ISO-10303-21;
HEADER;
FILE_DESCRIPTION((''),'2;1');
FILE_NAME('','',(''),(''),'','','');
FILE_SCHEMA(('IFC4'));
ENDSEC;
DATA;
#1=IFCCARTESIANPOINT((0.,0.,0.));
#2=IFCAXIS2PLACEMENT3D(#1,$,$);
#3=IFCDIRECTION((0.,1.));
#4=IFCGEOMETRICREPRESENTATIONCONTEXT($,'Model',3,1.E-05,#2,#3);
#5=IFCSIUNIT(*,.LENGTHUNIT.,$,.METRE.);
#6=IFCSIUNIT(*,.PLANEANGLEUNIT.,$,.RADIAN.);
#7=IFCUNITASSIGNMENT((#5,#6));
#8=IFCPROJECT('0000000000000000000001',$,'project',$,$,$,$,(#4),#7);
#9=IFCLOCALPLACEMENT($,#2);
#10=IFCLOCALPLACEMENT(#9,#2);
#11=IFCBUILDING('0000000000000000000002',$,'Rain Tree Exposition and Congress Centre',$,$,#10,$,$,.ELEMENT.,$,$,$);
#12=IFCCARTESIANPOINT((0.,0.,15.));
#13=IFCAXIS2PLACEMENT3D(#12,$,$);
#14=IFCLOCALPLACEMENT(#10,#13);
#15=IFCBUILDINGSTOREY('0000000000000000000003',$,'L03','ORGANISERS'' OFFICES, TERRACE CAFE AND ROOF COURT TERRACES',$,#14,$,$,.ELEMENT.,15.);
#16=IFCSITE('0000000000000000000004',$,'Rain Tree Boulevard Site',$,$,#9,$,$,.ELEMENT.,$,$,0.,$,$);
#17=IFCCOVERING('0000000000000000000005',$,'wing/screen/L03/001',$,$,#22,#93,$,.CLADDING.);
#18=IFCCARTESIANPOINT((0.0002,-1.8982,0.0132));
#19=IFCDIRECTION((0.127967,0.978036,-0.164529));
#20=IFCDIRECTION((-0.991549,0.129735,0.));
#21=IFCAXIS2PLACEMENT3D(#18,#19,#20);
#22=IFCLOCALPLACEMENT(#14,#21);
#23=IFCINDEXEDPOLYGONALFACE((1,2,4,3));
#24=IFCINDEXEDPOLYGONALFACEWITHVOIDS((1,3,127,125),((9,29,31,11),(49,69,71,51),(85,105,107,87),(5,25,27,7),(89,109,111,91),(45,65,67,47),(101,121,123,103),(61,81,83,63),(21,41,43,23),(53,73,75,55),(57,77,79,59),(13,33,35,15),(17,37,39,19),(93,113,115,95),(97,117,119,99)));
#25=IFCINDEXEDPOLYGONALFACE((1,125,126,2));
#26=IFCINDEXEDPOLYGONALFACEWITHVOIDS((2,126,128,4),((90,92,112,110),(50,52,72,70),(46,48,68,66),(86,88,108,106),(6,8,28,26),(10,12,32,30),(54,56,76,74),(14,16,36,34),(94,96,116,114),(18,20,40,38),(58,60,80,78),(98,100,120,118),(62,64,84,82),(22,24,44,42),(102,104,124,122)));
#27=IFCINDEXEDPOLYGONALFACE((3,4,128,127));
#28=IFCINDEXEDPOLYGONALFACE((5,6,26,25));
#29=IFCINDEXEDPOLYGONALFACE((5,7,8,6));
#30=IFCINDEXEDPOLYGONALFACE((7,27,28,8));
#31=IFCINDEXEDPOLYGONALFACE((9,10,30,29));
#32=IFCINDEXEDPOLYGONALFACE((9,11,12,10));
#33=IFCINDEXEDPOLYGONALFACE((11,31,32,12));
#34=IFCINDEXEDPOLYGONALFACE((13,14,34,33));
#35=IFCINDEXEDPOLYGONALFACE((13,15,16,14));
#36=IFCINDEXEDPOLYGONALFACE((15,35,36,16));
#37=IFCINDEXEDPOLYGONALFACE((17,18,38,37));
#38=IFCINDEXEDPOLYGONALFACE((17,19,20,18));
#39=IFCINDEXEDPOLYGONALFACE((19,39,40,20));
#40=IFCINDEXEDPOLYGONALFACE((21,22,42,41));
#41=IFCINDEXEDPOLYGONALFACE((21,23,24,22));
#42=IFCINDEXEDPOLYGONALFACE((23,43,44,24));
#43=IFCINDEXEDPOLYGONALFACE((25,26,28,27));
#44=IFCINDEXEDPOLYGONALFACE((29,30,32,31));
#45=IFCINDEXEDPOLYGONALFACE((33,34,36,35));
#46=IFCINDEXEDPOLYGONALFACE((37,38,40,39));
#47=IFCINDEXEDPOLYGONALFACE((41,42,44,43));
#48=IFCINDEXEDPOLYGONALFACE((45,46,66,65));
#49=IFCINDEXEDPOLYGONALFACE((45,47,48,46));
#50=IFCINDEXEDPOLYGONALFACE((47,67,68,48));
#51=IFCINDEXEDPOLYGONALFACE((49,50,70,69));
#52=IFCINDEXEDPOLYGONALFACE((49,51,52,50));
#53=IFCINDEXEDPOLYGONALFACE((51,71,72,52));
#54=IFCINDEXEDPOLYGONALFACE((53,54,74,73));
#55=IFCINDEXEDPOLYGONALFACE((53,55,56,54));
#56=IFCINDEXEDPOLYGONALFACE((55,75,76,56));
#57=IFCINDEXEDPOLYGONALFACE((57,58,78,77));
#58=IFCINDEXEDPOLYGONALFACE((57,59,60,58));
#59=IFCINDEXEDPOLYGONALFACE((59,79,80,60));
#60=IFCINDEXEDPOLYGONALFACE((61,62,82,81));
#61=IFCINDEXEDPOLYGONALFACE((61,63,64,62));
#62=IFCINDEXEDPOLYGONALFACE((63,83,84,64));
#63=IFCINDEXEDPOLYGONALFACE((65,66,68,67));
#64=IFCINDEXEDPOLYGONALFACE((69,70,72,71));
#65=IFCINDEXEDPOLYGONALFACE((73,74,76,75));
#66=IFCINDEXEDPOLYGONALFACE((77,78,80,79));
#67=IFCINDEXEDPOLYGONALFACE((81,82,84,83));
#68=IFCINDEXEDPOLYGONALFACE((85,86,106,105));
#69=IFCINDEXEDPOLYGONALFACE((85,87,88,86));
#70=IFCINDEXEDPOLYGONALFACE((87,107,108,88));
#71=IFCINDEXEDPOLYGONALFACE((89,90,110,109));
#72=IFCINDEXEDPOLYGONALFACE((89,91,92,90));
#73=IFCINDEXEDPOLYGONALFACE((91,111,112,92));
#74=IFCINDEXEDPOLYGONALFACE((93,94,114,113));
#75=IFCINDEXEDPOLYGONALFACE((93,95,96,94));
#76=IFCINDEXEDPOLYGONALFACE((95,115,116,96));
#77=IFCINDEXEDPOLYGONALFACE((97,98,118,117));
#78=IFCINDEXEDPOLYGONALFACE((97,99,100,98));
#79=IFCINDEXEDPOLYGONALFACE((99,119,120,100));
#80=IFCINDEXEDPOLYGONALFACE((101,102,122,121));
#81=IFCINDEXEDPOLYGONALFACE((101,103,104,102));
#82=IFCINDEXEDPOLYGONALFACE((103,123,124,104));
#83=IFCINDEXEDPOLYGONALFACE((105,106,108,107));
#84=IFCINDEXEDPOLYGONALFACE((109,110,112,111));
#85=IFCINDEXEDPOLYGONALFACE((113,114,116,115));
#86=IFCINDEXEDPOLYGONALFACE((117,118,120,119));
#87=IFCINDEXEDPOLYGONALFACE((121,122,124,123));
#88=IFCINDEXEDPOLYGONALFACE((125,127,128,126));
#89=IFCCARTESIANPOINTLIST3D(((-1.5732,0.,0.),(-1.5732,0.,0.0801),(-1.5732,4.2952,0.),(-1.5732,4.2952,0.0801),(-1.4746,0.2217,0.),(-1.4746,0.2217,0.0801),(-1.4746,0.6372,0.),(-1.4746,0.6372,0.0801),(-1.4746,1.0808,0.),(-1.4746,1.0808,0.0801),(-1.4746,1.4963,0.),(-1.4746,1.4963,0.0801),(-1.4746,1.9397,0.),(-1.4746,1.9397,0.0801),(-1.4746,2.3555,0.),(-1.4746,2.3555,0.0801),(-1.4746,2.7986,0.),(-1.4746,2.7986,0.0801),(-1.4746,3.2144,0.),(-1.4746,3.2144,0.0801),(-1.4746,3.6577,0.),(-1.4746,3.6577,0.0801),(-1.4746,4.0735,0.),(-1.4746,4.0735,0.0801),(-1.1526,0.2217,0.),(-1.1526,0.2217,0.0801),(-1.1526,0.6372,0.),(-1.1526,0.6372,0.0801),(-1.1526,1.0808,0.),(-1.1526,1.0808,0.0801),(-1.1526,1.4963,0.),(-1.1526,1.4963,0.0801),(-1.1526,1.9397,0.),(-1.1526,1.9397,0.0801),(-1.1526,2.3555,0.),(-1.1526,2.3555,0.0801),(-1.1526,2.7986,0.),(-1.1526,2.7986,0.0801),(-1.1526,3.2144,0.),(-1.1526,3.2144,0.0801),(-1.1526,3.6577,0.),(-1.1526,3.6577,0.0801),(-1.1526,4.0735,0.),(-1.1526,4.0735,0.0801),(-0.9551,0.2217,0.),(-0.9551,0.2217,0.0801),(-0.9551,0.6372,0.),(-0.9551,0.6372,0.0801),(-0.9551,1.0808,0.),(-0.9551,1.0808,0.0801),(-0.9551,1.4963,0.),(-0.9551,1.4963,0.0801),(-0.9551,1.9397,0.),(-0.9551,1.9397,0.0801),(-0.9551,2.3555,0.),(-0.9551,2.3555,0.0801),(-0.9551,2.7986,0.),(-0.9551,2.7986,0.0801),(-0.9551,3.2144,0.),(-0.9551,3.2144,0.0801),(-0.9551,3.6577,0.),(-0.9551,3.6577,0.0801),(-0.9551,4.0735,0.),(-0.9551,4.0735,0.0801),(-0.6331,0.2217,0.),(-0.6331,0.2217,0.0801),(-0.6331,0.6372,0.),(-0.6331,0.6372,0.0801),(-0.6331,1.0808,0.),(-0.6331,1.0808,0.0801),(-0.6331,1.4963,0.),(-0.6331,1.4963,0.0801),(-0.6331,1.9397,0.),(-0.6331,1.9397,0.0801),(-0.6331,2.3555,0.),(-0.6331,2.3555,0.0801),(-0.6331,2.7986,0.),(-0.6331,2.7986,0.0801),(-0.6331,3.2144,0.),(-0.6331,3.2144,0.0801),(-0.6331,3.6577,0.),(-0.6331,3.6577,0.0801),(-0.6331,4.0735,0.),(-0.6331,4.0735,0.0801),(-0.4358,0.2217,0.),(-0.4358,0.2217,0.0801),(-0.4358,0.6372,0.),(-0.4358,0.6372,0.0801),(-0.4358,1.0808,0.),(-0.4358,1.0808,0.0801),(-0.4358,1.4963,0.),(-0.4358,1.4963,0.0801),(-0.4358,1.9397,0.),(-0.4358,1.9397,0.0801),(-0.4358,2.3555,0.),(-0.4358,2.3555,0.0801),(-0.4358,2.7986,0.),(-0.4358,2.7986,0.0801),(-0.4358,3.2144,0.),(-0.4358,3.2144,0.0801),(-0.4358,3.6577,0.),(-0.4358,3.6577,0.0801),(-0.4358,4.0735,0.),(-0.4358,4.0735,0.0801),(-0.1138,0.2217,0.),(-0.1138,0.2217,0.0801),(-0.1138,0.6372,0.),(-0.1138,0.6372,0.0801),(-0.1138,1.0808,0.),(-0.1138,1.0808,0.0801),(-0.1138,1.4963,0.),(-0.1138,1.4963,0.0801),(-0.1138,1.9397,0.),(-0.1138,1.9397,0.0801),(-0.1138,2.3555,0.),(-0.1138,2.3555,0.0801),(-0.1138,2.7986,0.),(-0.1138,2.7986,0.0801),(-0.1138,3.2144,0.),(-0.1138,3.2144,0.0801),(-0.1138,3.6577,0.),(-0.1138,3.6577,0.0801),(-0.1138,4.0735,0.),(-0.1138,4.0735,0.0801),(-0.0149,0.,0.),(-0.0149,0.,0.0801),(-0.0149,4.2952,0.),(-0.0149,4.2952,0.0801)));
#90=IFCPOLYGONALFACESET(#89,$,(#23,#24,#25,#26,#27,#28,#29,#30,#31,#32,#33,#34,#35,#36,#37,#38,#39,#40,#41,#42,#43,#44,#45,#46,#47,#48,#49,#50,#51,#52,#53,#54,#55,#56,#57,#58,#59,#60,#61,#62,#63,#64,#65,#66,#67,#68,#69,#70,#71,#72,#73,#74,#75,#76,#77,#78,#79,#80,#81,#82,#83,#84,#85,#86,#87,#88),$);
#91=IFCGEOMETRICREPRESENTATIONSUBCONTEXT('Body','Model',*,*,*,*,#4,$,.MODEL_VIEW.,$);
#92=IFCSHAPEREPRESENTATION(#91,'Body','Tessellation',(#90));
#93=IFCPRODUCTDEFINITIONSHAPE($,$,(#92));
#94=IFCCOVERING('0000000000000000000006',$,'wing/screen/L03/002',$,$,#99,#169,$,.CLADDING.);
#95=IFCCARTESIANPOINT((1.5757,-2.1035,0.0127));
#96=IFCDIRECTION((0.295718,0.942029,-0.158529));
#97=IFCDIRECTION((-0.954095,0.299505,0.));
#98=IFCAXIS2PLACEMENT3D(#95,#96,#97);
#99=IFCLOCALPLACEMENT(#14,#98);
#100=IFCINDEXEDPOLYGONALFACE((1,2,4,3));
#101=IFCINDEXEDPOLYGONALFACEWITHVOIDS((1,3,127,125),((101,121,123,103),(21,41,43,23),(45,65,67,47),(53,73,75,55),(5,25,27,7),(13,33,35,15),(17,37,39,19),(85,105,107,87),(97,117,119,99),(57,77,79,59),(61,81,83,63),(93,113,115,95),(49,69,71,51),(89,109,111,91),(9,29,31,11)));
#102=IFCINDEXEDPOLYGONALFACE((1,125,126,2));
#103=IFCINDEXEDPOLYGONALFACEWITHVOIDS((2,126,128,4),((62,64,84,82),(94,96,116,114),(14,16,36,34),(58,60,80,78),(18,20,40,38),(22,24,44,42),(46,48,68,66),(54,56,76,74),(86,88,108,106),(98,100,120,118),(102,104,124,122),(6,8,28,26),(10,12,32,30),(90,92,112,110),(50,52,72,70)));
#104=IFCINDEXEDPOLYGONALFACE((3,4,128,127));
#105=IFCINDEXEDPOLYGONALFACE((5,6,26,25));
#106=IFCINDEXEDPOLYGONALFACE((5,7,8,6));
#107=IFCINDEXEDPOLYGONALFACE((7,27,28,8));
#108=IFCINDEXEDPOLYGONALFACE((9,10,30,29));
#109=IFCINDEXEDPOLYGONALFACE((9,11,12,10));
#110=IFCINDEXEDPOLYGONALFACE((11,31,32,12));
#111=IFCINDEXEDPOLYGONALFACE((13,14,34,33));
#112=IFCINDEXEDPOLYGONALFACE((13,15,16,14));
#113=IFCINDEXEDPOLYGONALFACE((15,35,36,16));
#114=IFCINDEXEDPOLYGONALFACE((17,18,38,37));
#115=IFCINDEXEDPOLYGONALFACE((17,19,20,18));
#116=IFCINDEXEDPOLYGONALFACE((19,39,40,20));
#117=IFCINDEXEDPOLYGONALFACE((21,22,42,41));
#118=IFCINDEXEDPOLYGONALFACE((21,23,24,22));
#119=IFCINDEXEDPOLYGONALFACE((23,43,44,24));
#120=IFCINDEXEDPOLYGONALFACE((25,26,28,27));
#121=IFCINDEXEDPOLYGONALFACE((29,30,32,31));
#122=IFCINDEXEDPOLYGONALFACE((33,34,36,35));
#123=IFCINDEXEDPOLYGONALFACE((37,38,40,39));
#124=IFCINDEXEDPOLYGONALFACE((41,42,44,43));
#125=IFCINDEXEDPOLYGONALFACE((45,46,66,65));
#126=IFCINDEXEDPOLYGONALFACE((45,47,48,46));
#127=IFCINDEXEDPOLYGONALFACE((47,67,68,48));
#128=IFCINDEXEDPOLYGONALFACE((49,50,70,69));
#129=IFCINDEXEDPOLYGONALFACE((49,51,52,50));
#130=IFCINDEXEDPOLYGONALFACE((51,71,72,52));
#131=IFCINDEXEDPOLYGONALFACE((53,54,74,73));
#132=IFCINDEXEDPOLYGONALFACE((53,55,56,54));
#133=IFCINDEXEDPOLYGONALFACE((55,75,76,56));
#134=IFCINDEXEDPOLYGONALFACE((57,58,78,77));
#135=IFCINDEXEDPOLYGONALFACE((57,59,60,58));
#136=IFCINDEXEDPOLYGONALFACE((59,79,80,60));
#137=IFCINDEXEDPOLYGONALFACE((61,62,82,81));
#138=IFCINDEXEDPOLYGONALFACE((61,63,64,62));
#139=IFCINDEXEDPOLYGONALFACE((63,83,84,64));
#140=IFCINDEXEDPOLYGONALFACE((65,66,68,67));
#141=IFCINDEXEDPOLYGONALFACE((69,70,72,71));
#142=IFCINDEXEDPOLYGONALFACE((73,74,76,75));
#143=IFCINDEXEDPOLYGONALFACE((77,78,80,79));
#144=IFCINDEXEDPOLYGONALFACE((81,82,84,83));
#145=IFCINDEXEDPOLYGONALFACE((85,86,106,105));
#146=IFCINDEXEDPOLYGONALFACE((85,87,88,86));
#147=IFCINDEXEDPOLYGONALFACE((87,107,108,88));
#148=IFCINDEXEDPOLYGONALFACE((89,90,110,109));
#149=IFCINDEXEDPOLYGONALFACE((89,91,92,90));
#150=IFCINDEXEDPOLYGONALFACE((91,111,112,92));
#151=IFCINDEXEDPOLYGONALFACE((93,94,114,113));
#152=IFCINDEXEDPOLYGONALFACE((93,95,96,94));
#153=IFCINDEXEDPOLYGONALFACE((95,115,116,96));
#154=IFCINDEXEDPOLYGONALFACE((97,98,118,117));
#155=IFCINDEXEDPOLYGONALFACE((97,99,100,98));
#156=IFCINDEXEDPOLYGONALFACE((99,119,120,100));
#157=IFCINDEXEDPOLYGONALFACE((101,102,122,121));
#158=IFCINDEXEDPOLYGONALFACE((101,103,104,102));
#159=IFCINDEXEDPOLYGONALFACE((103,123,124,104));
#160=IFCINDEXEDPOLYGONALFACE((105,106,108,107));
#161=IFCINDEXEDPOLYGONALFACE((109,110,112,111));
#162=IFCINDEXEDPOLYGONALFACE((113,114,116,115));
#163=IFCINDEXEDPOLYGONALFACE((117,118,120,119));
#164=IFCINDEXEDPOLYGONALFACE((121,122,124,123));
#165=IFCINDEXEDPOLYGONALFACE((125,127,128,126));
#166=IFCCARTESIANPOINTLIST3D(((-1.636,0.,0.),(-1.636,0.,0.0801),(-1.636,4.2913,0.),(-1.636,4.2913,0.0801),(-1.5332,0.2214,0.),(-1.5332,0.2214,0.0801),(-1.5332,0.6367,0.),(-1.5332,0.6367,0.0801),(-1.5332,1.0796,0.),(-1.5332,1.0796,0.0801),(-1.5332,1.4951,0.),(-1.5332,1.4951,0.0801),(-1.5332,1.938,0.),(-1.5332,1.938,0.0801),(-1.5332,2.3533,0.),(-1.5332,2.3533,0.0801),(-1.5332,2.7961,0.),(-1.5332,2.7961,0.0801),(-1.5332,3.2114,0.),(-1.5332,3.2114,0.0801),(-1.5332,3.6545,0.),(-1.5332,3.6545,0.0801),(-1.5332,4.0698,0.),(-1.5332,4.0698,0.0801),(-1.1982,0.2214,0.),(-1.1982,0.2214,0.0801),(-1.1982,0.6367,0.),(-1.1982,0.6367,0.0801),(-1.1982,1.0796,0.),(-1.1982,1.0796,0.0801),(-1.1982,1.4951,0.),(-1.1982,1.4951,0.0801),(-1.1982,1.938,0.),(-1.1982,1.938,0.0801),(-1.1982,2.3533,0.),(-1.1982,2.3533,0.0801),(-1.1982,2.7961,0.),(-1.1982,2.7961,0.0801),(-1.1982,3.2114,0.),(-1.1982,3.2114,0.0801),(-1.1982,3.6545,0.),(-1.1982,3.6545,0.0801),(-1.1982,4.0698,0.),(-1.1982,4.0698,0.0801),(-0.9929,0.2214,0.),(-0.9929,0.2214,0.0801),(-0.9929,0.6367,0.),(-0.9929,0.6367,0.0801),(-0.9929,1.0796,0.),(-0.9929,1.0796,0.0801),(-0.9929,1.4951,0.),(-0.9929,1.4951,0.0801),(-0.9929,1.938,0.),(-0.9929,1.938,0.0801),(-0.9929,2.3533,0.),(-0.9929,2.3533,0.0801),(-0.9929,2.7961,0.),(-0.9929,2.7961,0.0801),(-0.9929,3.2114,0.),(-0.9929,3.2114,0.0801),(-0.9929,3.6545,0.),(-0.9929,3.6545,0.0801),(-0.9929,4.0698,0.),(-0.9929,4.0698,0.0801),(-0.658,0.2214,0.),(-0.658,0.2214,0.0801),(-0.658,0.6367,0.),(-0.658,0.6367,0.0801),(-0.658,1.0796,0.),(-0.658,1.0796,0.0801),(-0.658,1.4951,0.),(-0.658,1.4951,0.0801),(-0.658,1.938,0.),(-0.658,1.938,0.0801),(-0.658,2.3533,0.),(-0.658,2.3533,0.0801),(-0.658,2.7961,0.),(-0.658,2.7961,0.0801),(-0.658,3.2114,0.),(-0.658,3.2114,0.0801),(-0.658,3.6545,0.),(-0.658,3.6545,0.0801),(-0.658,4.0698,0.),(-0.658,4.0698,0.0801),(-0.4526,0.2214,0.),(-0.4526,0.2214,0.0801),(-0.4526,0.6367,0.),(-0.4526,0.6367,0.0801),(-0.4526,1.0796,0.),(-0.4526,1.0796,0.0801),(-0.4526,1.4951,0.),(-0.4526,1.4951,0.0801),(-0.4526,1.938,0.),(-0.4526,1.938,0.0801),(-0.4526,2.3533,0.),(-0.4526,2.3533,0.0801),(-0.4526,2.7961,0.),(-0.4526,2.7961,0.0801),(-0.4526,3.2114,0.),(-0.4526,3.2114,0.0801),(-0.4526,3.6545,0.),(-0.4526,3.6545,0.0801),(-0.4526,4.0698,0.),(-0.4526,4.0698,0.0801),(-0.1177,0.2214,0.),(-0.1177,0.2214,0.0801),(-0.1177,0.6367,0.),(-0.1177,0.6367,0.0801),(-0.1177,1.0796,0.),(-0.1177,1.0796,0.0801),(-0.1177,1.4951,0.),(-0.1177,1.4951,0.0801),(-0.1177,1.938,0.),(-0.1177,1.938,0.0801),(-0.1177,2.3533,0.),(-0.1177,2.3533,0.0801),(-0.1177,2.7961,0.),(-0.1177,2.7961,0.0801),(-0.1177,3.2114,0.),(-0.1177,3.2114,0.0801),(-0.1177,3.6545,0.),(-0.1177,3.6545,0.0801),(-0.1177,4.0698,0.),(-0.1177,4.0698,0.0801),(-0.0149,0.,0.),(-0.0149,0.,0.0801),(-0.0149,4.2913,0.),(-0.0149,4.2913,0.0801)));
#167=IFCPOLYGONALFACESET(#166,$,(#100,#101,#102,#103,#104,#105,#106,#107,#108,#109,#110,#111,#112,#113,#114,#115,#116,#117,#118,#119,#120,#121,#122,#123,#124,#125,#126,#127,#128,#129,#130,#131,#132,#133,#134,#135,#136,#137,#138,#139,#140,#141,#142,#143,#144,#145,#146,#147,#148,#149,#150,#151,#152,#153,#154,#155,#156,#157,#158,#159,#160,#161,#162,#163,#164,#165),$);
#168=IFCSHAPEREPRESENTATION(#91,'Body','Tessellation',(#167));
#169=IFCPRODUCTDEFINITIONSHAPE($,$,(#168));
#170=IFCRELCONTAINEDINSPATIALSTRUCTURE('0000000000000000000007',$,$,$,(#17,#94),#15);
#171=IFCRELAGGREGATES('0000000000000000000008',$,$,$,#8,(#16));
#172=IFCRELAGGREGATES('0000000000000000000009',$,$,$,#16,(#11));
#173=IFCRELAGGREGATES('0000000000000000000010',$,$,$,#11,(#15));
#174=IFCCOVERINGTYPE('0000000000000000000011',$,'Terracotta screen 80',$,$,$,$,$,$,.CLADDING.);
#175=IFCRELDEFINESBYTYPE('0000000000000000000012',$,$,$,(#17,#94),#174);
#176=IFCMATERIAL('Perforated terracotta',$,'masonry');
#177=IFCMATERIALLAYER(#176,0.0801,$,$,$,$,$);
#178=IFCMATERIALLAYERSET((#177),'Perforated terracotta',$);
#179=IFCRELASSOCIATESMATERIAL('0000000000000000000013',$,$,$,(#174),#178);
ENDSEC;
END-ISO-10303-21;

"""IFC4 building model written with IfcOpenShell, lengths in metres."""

from ifc_helpers import new_model, si_unit, direction, frame, origin, place, context, subcontext, project, spatial, polyline, outline, extrude, material, layer, layer_set, type_object, element, save


model = new_model("IFC4")

# Units and contexts
model_context = context("Model", 3, precision=1e-05, world=origin(), true_north=direction((0.0, 1.0)))
body_context = subcontext(model_context, "Body", "Model", "MODEL_VIEW")
ifc_project = project(units=[si_unit("LENGTHUNIT", "METRE"), si_unit("PLANEANGLEUNIT", "RADIAN")], contexts=[model_context])

# Site, building, storey
site_placement = place(None, origin())
site = spatial("IfcSite", under=ifc_project, at=site_placement, Name="Rain Tree Boulevard Site", CompositionType="ELEMENT", RefElevation=0.0)
building_placement = place(site_placement, origin())
building = spatial("IfcBuilding", under=site, at=building_placement, Name="Rain Tree Exposition and Congress Centre", CompositionType="ELEMENT")
storey_placement = place(building_placement, frame((0.0, 0.0, 15.0)))
storey = spatial("IfcBuildingStorey", under=building, at=storey_placement, Name="L03", Description="ORGANISERS' OFFICES, TERRACE CAFE AND ROOF COURT TERRACES", CompositionType="ELEMENT", Elevation=15.0)

# Coverings
ifc_material_1 = material(Name="Perforated terracotta", Category="masonry")
ifc_layer_1 = layer(ifc_material_1, 0.0801)
ifc_layer_set_1 = layer_set([ifc_layer_1], Name="Perforated terracotta")
covering_type_1 = type_object("IfcCoveringType", Name="Terracotta screen 80", PredefinedType="CLADDING", material=ifc_layer_set_1)
covering_1_placement = place(storey_placement, frame((0.0002, -1.8982, 0.0132), z_axis=(0.127967, 0.978036, -0.164529), x_axis=(-0.991549, 0.129735, 0.0)))
element("IfcCovering", 1, at=covering_1_placement, inside=storey, type_object=covering_type_1, Name="wing/screen/L03/001", PredefinedType="CLADDING", context=body_context, shape_type="SweptSolid", body=[
    extrude(outline(polyline([(-1.5732, 0.0), (-1.5732, 4.2952), (-0.0149, 4.2952), (-0.0149, 0.0), (-1.5732, 0.0)]), holes=[polyline([(-0.1138, 0.2217), (-0.1138, 0.6372), (-0.4358, 0.6372), (-0.4358, 0.2217), (-0.1138, 0.2217)]), polyline([(-0.1138, 1.0808), (-0.1138, 1.4963), (-0.4358, 1.4963), (-0.4358, 1.0808), (-0.1138, 1.0808)]), polyline([(-0.1138, 1.9397), (-0.1138, 2.3555), (-0.4358, 2.3555), (-0.4358, 1.9397), (-0.1138, 1.9397)]), polyline([(-0.1138, 2.7986), (-0.1138, 3.2144), (-0.4358, 3.2144), (-0.4358, 2.7986), (-0.1138, 2.7986)]), polyline([(-0.1138, 3.6577), (-0.1138, 4.0735), (-0.4358, 4.0735), (-0.4358, 3.6577), (-0.1138, 3.6577)]), polyline([(-0.6331, 0.2217), (-0.6331, 0.6372), (-0.9551, 0.6372), (-0.9551, 0.2217), (-0.6331, 0.2217)]), polyline([(-0.6331, 1.0808), (-0.6331, 1.4963), (-0.9551, 1.4963), (-0.9551, 1.0808), (-0.6331, 1.0808)]), polyline([(-0.6331, 1.9397), (-0.6331, 2.3555), (-0.9551, 2.3555), (-0.9551, 1.9397), (-0.6331, 1.9397)]), polyline([(-0.6331, 2.7986), (-0.6331, 3.2144), (-0.9551, 3.2144), (-0.9551, 2.7986), (-0.6331, 2.7986)]), polyline([(-0.6331, 3.6577), (-0.6331, 4.0735), (-0.9551, 4.0735), (-0.9551, 3.6577), (-0.6331, 3.6577)]), polyline([(-1.1526, 0.2217), (-1.1526, 0.6372), (-1.4746, 0.6372), (-1.4746, 0.2217), (-1.1526, 0.2217)]), polyline([(-1.1526, 1.0808), (-1.1526, 1.4963), (-1.4746, 1.4963), (-1.4746, 1.0808), (-1.1526, 1.0808)]), polyline([(-1.1526, 1.9397), (-1.1526, 2.3555), (-1.4746, 2.3555), (-1.4746, 1.9397), (-1.1526, 1.9397)]), polyline([(-1.1526, 2.7986), (-1.1526, 3.2144), (-1.4746, 3.2144), (-1.4746, 2.7986), (-1.1526, 2.7986)]), polyline([(-1.1526, 3.6577), (-1.1526, 4.0735), (-1.4746, 4.0735), (-1.4746, 3.6577), (-1.1526, 3.6577)])]), origin(), (0.0, 0.0, 1.0), 0.0801),
])
covering_2_placement = place(storey_placement, frame((1.5757, -2.1035, 0.0127), z_axis=(0.295718, 0.942029, -0.158529), x_axis=(-0.954095, 0.299505, 0.0)))
element("IfcCovering", 2, at=covering_2_placement, inside=storey, type_object=covering_type_1, Name="wing/screen/L03/002", PredefinedType="CLADDING", context=body_context, shape_type="SweptSolid", body=[
    extrude(outline(polyline([(-1.636, 0.0), (-1.636, 4.2913), (-0.0149, 4.2913), (-0.0149, 0.0), (-1.636, 0.0)]), holes=[polyline([(-0.1177, 0.2214), (-0.1177, 0.6367), (-0.4526, 0.6367), (-0.4526, 0.2214), (-0.1177, 0.2214)]), polyline([(-0.1177, 1.0796), (-0.1177, 1.4951), (-0.4526, 1.4951), (-0.4526, 1.0796), (-0.1177, 1.0796)]), polyline([(-0.1177, 1.938), (-0.1177, 2.3533), (-0.4526, 2.3533), (-0.4526, 1.938), (-0.1177, 1.938)]), polyline([(-0.1177, 2.7961), (-0.1177, 3.2114), (-0.4526, 3.2114), (-0.4526, 2.7961), (-0.1177, 2.7961)]), polyline([(-0.1177, 3.6545), (-0.1177, 4.0698), (-0.4526, 4.0698), (-0.4526, 3.6545), (-0.1177, 3.6545)]), polyline([(-0.658, 0.2214), (-0.658, 0.6367), (-0.9929, 0.6367), (-0.9929, 0.2214), (-0.658, 0.2214)]), polyline([(-0.658, 1.0796), (-0.658, 1.4951), (-0.9929, 1.4951), (-0.9929, 1.0796), (-0.658, 1.0796)]), polyline([(-0.658, 1.938), (-0.658, 2.3533), (-0.9929, 2.3533), (-0.9929, 1.938), (-0.658, 1.938)]), polyline([(-0.658, 2.7961), (-0.658, 3.2114), (-0.9929, 3.2114), (-0.9929, 2.7961), (-0.658, 2.7961)]), polyline([(-0.658, 3.6545), (-0.658, 4.0698), (-0.9929, 4.0698), (-0.9929, 3.6545), (-0.658, 3.6545)]), polyline([(-1.1982, 0.2214), (-1.1982, 0.6367), (-1.5332, 0.6367), (-1.5332, 0.2214), (-1.1982, 0.2214)]), polyline([(-1.1982, 1.0796), (-1.1982, 1.4951), (-1.5332, 1.4951), (-1.5332, 1.0796), (-1.1982, 1.0796)]), polyline([(-1.1982, 1.938), (-1.1982, 2.3533), (-1.5332, 2.3533), (-1.5332, 1.938), (-1.1982, 1.938)]), polyline([(-1.1982, 2.7961), (-1.1982, 3.2114), (-1.5332, 3.2114), (-1.5332, 2.7961), (-1.1982, 2.7961)]), polyline([(-1.1982, 3.6545), (-1.1982, 4.0698), (-1.5332, 4.0698), (-1.5332, 3.6545), (-1.1982, 3.6545)])]), origin(), (0.0, 0.0, 1.0), 0.0801),
])

save(model, "model.ifc")
